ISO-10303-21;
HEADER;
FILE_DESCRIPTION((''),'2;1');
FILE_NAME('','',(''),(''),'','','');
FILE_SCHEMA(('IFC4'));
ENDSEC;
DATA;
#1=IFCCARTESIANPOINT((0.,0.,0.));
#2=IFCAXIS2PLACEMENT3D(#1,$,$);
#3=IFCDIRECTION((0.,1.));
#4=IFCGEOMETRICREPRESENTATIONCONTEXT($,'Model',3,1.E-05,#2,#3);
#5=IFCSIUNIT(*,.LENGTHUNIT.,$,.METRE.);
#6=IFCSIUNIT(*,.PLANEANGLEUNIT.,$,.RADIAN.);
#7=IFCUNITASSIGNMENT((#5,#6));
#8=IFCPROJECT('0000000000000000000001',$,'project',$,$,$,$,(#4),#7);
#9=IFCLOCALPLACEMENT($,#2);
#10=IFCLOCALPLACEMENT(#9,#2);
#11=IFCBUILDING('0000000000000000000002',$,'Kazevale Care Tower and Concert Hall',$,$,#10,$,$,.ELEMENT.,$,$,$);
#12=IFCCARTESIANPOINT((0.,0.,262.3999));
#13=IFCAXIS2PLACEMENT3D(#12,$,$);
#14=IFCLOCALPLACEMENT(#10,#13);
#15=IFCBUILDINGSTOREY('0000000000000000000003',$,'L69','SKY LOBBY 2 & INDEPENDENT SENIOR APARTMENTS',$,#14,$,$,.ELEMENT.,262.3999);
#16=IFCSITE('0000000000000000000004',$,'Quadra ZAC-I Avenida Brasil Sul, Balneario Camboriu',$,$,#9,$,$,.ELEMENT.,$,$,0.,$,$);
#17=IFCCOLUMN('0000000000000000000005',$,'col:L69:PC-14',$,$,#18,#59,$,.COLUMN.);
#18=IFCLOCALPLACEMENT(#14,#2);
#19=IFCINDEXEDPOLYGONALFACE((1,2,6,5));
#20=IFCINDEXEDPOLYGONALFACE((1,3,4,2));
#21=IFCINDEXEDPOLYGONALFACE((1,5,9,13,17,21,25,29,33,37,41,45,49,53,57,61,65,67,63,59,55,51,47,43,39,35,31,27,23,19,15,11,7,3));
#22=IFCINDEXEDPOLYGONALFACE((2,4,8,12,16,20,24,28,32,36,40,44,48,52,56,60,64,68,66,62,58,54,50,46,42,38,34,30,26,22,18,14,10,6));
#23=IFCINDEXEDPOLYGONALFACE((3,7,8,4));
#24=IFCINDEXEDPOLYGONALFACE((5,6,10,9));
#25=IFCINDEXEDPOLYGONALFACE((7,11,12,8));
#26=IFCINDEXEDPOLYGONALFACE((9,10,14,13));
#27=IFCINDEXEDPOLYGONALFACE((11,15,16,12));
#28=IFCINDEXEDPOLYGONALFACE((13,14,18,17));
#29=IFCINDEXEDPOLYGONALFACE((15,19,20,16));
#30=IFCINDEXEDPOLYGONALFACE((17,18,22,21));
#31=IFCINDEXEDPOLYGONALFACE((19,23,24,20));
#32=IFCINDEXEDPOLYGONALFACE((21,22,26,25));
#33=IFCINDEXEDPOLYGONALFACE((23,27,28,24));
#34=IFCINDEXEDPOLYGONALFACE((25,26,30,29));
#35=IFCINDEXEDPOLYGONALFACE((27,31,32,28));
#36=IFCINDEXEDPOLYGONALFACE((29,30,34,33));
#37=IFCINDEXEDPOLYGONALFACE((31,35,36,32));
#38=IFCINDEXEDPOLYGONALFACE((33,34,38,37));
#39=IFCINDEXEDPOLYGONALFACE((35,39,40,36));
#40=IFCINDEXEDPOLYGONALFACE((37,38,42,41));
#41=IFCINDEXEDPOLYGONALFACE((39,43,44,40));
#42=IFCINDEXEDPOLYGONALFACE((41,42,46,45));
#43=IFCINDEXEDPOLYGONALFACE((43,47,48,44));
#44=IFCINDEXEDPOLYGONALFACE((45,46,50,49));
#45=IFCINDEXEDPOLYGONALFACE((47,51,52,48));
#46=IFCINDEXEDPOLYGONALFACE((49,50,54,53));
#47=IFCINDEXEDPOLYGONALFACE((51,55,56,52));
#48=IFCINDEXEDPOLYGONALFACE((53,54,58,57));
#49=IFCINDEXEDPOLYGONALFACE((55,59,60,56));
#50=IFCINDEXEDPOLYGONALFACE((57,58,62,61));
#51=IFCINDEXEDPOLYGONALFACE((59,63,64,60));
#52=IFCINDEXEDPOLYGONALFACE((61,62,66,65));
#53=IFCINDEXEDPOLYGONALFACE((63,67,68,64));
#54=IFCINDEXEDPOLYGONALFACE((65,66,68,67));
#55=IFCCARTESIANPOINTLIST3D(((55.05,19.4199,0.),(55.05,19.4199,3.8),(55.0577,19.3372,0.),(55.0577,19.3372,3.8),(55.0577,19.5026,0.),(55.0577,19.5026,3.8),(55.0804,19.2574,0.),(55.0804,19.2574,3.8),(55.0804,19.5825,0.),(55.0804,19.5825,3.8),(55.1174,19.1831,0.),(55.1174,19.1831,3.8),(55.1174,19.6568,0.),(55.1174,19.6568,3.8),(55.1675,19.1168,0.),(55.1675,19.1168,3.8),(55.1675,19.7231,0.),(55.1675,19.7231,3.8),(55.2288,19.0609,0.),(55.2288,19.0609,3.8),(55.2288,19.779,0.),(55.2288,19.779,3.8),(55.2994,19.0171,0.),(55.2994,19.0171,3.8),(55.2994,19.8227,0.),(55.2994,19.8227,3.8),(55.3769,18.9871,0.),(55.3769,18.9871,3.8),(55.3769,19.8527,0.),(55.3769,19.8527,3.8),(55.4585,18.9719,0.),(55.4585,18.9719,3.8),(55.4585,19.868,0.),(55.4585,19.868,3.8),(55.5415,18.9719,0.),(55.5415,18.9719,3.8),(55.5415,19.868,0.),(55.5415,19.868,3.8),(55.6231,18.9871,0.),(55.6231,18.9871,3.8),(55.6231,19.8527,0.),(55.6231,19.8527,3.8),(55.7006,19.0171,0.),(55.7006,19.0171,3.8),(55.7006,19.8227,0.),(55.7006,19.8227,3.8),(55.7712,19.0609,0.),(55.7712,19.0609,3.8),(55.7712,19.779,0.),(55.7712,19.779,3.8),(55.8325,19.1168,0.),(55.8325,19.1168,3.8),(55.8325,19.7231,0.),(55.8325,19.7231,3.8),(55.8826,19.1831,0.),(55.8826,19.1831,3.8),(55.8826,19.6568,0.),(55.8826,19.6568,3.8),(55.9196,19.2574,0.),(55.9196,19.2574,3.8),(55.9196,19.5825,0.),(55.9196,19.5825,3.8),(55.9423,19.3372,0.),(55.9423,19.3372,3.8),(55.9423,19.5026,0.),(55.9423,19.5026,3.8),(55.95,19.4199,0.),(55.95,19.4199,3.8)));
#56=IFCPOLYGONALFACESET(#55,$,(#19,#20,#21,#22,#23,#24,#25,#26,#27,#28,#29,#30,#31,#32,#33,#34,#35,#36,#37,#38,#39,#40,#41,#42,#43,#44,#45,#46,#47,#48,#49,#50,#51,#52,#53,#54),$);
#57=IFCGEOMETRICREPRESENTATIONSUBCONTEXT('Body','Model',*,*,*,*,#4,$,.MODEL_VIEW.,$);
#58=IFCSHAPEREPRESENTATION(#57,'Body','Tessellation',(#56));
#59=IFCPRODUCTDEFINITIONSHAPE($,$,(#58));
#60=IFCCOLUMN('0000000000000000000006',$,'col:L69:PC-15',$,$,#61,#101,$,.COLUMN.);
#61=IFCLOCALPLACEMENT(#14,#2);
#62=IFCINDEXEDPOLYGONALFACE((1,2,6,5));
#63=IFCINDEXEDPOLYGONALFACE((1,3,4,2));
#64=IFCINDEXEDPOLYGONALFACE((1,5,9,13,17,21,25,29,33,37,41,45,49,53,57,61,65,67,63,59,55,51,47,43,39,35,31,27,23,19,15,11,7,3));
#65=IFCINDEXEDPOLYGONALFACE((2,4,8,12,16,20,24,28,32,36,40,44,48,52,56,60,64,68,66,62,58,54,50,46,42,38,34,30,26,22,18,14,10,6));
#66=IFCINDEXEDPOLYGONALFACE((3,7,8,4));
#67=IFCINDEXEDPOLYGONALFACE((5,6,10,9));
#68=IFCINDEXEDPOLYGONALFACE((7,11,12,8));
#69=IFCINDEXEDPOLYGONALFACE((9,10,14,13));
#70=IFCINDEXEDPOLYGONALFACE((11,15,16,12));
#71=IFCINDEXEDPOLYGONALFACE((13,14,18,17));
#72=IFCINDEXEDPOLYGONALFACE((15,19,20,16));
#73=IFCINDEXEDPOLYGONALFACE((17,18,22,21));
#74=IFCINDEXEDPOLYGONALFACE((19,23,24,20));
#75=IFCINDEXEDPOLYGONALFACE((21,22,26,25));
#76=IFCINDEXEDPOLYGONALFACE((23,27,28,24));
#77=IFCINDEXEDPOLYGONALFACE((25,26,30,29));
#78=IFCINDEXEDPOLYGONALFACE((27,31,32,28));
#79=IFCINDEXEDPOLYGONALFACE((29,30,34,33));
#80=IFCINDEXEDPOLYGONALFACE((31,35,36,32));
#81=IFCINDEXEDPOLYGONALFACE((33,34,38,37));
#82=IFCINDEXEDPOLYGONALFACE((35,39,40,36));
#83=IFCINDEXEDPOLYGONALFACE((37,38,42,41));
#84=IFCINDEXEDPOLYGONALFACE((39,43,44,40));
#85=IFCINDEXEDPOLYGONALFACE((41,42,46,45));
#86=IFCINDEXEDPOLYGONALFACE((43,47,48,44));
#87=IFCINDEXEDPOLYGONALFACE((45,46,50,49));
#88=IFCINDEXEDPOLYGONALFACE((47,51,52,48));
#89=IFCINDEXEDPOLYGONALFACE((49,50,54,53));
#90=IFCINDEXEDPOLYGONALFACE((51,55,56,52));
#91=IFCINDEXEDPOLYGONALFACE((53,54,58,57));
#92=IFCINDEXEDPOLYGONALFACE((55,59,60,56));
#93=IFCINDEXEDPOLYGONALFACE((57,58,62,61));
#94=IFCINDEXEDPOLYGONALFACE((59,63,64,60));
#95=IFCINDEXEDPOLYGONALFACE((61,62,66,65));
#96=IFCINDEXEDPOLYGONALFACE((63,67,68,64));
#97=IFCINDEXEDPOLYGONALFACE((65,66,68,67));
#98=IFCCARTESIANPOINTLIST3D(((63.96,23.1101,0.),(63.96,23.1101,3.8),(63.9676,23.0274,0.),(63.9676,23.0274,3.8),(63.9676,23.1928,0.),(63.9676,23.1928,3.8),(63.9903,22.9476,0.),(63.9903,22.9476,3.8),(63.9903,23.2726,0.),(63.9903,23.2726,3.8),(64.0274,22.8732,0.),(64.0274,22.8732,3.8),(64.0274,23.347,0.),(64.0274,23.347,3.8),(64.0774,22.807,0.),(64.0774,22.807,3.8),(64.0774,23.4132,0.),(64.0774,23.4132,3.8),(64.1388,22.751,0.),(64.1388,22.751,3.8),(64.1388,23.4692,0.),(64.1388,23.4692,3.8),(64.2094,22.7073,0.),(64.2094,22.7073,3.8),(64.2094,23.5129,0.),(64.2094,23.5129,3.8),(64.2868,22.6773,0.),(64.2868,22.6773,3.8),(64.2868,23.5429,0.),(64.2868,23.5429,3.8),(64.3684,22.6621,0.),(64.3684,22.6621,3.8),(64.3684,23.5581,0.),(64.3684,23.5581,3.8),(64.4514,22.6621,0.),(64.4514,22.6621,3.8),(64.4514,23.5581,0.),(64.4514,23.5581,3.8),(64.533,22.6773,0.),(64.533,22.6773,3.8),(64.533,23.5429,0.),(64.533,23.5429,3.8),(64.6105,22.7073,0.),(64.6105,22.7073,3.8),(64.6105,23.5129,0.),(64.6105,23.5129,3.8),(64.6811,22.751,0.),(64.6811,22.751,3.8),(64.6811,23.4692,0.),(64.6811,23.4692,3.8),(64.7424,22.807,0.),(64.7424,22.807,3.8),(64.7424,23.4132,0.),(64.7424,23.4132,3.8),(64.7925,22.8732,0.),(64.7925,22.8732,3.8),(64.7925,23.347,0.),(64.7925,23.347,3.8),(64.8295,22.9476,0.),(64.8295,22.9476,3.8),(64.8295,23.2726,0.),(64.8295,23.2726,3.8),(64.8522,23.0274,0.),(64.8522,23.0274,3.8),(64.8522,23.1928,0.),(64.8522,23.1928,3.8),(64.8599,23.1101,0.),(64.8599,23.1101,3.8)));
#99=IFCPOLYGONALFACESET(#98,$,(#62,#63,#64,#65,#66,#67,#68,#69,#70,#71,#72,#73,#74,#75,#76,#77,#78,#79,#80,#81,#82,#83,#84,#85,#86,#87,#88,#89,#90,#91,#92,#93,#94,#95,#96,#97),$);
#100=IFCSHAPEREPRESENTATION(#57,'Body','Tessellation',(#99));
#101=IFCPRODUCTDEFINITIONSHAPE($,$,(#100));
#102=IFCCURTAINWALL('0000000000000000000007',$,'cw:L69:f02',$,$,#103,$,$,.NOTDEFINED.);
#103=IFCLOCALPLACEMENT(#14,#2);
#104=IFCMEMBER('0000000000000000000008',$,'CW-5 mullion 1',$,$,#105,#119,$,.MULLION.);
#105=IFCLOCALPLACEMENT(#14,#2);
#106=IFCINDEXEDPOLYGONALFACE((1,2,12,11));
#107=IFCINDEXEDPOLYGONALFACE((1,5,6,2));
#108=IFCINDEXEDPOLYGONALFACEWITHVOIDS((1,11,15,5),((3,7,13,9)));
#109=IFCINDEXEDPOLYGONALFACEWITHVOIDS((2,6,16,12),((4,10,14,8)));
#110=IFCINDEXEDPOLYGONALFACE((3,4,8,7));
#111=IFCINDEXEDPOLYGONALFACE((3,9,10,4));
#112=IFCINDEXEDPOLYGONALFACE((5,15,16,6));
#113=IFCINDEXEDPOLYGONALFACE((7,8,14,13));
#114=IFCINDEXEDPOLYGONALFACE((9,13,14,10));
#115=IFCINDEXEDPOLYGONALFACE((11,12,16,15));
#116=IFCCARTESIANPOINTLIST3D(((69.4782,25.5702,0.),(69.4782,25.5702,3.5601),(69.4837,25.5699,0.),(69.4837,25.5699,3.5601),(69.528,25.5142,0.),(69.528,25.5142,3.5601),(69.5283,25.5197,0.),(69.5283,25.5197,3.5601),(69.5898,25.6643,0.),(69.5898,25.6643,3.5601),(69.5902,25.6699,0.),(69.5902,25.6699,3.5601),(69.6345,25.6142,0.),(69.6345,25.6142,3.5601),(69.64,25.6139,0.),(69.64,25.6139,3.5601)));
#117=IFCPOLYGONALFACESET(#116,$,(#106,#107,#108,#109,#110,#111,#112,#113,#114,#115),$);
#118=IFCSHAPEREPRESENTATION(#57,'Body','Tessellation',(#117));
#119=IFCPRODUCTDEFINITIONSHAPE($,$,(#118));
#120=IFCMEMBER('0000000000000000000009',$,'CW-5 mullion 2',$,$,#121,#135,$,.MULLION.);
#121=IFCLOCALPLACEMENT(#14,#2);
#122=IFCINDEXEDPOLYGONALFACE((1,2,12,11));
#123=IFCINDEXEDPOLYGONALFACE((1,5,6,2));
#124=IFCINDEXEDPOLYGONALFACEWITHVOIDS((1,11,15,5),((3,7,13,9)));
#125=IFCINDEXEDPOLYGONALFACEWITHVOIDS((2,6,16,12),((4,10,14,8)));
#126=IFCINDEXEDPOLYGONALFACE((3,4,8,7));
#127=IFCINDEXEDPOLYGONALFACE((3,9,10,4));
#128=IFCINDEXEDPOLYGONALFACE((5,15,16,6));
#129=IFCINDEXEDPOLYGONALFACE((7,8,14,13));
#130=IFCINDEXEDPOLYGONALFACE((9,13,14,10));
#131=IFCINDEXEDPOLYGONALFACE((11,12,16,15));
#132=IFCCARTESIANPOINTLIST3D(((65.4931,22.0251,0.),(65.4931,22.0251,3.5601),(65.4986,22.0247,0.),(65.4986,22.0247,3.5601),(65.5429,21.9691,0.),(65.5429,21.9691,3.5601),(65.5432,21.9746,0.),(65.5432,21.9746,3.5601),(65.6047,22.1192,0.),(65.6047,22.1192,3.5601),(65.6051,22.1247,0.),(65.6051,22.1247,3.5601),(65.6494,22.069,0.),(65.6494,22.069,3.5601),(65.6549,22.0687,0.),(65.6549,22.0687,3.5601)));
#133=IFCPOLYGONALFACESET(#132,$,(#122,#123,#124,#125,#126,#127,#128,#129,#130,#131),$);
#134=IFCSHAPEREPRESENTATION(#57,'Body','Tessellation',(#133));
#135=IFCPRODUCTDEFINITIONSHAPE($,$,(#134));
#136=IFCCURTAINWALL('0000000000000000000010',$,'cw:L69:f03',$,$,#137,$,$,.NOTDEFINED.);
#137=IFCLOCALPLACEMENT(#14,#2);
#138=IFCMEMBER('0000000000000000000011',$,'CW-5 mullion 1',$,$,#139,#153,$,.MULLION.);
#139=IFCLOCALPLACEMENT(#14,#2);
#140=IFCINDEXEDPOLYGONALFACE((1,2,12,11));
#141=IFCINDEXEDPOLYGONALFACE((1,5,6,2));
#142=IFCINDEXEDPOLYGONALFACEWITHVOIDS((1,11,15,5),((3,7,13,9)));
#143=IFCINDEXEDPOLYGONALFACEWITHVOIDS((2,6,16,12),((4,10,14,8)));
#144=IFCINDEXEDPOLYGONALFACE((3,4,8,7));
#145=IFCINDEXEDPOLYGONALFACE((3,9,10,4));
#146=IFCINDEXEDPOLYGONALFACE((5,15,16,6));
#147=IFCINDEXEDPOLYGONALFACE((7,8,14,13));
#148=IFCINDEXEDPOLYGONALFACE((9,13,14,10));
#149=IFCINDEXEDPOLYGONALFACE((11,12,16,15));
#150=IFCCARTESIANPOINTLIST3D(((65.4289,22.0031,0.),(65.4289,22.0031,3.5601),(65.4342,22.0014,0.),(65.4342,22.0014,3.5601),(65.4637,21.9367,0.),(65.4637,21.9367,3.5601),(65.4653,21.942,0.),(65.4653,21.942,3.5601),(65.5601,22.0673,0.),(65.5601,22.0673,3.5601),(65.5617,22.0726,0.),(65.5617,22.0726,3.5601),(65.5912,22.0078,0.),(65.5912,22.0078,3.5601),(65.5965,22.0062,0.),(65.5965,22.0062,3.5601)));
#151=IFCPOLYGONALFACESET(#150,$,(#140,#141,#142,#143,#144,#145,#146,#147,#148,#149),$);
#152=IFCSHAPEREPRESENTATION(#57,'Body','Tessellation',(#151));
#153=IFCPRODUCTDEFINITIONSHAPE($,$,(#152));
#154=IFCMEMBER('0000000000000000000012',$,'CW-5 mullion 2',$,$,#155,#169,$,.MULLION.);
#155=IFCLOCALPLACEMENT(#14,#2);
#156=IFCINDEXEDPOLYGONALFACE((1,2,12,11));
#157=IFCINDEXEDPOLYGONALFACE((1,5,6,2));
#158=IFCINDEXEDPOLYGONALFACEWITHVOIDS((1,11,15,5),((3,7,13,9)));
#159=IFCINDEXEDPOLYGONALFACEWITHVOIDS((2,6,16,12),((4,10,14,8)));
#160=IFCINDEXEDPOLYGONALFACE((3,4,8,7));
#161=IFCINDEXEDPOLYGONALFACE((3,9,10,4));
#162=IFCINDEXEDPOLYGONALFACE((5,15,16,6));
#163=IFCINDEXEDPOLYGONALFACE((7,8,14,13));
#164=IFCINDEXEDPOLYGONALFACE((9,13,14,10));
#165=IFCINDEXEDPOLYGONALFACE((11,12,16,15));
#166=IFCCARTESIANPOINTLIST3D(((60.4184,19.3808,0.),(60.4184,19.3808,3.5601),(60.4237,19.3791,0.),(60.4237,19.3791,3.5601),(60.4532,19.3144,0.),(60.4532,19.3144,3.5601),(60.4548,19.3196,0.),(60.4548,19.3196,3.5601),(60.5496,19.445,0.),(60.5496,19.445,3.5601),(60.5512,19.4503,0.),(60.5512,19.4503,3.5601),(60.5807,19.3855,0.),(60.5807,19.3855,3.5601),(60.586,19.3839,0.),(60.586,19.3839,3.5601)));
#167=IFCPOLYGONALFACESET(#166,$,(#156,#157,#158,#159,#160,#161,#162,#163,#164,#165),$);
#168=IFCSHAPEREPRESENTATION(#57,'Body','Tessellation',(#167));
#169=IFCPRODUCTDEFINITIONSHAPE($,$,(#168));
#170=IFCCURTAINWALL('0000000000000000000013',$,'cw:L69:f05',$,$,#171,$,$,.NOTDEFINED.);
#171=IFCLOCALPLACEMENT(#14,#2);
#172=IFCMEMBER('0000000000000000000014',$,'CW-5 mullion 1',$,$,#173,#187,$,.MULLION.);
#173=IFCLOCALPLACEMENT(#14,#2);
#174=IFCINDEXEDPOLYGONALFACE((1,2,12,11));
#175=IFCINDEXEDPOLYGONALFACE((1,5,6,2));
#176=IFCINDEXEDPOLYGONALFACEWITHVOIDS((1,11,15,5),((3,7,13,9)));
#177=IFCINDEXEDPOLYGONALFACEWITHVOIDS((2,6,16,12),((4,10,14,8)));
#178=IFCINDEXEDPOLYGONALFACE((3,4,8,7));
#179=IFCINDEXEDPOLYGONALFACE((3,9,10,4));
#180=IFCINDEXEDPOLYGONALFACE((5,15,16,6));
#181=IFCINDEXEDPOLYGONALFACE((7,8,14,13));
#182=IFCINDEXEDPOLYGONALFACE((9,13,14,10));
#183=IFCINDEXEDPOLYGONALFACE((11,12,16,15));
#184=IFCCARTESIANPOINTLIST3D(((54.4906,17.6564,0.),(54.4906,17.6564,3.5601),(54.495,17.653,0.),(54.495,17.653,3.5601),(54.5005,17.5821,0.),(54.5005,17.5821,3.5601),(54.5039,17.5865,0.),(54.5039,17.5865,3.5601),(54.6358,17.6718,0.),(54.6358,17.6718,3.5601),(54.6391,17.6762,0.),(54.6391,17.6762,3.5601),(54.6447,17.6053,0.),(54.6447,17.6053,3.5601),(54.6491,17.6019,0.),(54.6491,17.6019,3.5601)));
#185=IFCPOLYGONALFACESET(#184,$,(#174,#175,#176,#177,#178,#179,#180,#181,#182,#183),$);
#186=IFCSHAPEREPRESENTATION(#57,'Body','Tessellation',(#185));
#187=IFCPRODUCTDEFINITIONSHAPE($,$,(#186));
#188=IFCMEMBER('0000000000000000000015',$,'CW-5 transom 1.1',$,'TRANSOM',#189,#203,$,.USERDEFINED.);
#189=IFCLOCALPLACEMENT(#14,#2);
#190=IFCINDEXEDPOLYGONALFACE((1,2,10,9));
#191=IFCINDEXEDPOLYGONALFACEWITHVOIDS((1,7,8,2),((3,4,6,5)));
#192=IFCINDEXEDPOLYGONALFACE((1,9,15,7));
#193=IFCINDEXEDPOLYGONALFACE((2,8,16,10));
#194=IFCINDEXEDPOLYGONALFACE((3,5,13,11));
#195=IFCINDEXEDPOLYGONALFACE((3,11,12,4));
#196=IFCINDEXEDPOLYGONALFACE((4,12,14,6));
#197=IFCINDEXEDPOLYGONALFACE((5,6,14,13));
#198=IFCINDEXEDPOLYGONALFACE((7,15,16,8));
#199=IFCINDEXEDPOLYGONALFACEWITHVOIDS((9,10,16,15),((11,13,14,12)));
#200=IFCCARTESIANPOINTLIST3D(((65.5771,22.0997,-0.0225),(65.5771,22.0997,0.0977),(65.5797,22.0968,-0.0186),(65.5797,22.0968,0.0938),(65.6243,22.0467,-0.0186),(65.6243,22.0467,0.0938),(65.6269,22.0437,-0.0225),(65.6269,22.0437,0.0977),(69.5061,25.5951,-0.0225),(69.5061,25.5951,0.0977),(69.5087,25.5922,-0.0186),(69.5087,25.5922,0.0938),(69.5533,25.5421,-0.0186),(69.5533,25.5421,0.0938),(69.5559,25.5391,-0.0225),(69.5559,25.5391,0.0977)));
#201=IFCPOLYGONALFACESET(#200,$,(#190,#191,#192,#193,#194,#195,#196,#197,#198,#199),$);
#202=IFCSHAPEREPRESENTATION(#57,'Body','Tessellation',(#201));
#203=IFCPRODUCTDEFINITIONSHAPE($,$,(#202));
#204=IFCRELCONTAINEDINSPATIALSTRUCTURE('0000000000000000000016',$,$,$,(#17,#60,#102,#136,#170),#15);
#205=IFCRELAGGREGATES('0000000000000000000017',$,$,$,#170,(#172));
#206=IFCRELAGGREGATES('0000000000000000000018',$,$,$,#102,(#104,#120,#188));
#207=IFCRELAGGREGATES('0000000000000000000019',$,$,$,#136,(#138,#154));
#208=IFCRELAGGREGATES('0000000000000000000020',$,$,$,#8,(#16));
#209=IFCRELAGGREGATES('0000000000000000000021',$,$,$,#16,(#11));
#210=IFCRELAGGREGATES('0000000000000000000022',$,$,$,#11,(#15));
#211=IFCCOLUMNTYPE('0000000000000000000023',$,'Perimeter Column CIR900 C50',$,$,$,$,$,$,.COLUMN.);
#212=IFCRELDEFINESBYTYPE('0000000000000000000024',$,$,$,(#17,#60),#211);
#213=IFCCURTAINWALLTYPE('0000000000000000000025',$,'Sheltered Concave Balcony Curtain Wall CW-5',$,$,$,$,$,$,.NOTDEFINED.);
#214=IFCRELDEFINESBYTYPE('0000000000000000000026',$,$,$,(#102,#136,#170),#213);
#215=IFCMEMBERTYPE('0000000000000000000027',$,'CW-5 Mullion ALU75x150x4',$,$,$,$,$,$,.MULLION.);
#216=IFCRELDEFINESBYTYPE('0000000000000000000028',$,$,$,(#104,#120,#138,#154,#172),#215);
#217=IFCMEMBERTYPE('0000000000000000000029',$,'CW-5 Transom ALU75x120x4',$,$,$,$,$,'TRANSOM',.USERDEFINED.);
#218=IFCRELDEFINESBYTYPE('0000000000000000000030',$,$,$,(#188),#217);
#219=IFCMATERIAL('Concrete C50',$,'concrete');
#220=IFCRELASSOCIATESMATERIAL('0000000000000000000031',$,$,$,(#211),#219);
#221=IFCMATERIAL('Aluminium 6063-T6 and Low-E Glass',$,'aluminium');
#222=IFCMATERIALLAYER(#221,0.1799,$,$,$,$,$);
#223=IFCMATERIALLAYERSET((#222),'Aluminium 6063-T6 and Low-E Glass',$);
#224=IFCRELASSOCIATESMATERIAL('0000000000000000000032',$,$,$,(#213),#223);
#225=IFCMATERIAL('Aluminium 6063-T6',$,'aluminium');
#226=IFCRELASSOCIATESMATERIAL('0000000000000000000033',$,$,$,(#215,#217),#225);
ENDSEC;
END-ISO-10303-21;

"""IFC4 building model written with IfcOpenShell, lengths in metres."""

from ifc_helpers import new_model, si_unit, direction, frame, origin, origin_2d, place, context, subcontext, project, spatial, hollow_rectangle, circle, extrude, material, layer, layer_set, material_profile, profile_set, type_object, element, aggregate, save


model = new_model("IFC4")

# Units and contexts
model_context = context("Model", 3, precision=1e-05, world=origin(), true_north=direction((0.0, 1.0)))
body_context = subcontext(model_context, "Body", "Model", "MODEL_VIEW")
ifc_project = project(units=[si_unit("LENGTHUNIT", "METRE"), si_unit("PLANEANGLEUNIT", "RADIAN")], contexts=[model_context])

# Site, building, storey
site_placement = place(None, origin())
site = spatial("IfcSite", under=ifc_project, at=site_placement, Name="Quadra ZAC-I Avenida Brasil Sul, Balneario Camboriu", CompositionType="ELEMENT", RefElevation=0.0)
building_placement = place(site_placement, origin())
building = spatial("IfcBuilding", under=site, at=building_placement, Name="Kazevale Care Tower and Concert Hall", CompositionType="ELEMENT")
storey_placement = place(building_placement, frame((0.0, 0.0, 262.3999)))
storey = spatial("IfcBuildingStorey", under=building, at=storey_placement, Name="L69", Description="SKY LOBBY 2 & INDEPENDENT SENIOR APARTMENTS", CompositionType="ELEMENT", Elevation=262.3999)

# Columns
ifc_material_1 = material(Name="Concrete C50", Category="concrete")
ifc_material_profile_1 = material_profile(ifc_material_1, circle(Radius=0.45, at=origin_2d()), Name="RC-CIR900")
ifc_profile_set_1 = profile_set([ifc_material_profile_1], Name="Concrete C50")
column_type = type_object("IfcColumnType", Name="Perimeter Column CIR900 C50", PredefinedType="COLUMN", material=ifc_profile_set_1)
for number, where, z_axis, x_axis, name in (
    (1, (55.5, 19.4199, 0.0), (0.0, 0.0, 1.0), (1.0, 0.0, 0.0), "col:L69:PC-14"),
    (2, (64.4099, 23.1101, 0.0), (0.0, 0.0, 1.0), (1.0, 0.0, 0.0), "col:L69:PC-15"),
):
    element("IfcColumn", number, at=place(storey_placement, frame(where, z_axis=z_axis, x_axis=x_axis)), inside=storey, type_object=column_type, Name=name, PredefinedType="COLUMN", context=body_context, shape_type="SweptSolid", body=[
        extrude(circle(Radius=0.45, at=origin_2d()), origin(), (0.0, 0.0, 1.0), 3.8),
    ])

# Curtain walls, members
ifc_material_2 = material(Name="Aluminium 6063-T6 and Low-E Glass", Category="aluminium")
ifc_layer_1 = layer(ifc_material_2, 0.1799)
ifc_layer_set_1 = layer_set([ifc_layer_1], Name="Aluminium 6063-T6 and Low-E Glass")
curtain_wall_type = type_object("IfcCurtainWallType", Name="Sheltered Concave Balcony Curtain Wall CW-5", PredefinedType="NOTDEFINED", material=ifc_layer_set_1)
curtain_wall_1_placement = place(storey_placement, origin())
curtain_wall_1 = element("IfcCurtainWall", 3, at=curtain_wall_1_placement, inside=storey, type_object=curtain_wall_type, Name="cw:L69:f02", PredefinedType="NOTDEFINED")
ifc_material_3 = material(Name="Aluminium 6063-T6", Category="aluminium")
ifc_material_profile_2 = material_profile(ifc_material_3, hollow_rectangle(XDim=0.075, YDim=0.1499, WallThickness=0.0039, at=origin_2d()), Name="ALU75x150x4")
ifc_profile_set_2 = profile_set([ifc_material_profile_2], Name="Aluminium 6063-T6")
member_type_1 = type_object("IfcMemberType", Name="CW-5 Mullion ALU75x150x4", PredefinedType="MULLION", material=ifc_profile_set_2)
member_1_placement = place(storey_placement, frame((69.5591, 25.592, 0.0), z_axis=(0.0, 0.0, 1.0), x_axis=(0.664674, -0.747134, 0.0)))
member_1 = element("IfcMember", 4, at=member_1_placement, type_object=member_type_1, Name="CW-5 mullion 1", PredefinedType="MULLION", context=body_context, shape_type="SweptSolid", body=[
    extrude(hollow_rectangle(XDim=0.075, YDim=0.1499, WallThickness=0.0039, at=origin_2d()), origin(), (0.0, 0.0, 1.0), 3.5601),
])
member_2_placement = place(storey_placement, frame((65.574, 22.0469, 0.0), z_axis=(0.0, 0.0, 1.0), x_axis=(0.664674, -0.747134, 0.0)))
member_2 = element("IfcMember", 5, at=member_2_placement, type_object=member_type_1, Name="CW-5 mullion 2", PredefinedType="MULLION", context=body_context, shape_type="SweptSolid", body=[
    extrude(hollow_rectangle(XDim=0.075, YDim=0.1499, WallThickness=0.0039, at=origin_2d()), origin(), (0.0, 0.0, 1.0), 3.5601),
])
curtain_wall_2_placement = place(storey_placement, origin())
curtain_wall_2 = element("IfcCurtainWall", 6, at=curtain_wall_2_placement, inside=storey, type_object=curtain_wall_type, Name="cw:L69:f03", PredefinedType="NOTDEFINED")
member_3_placement = place(storey_placement, frame((65.5127, 22.0046, 0.0), z_axis=(0.0, 0.0, 1.0), x_axis=(0.463681, -0.886002, 0.0)))
member_3 = element("IfcMember", 7, at=member_3_placement, type_object=member_type_1, Name="CW-5 mullion 1", PredefinedType="MULLION", context=body_context, shape_type="SweptSolid", body=[
    extrude(hollow_rectangle(XDim=0.075, YDim=0.1499, WallThickness=0.0039, at=origin_2d()), origin(), (0.0, 0.0, 1.0), 3.5601),
])
member_4_placement = place(storey_placement, frame((60.5022, 19.3823, 0.0), z_axis=(0.0, 0.0, 1.0), x_axis=(0.463681, -0.886002, 0.0)))
member_4 = element("IfcMember", 8, at=member_4_placement, type_object=member_type_1, Name="CW-5 mullion 2", PredefinedType="MULLION", context=body_context, shape_type="SweptSolid", body=[
    extrude(hollow_rectangle(XDim=0.075, YDim=0.1499, WallThickness=0.0039, at=origin_2d()), origin(), (0.0, 0.0, 1.0), 3.5601),
])

# Curtain wall, member
curtain_wall_3_placement = place(storey_placement, origin())
curtain_wall_3 = element("IfcCurtainWall", 9, at=curtain_wall_3_placement, inside=storey, type_object=curtain_wall_type, Name="cw:L69:f05", PredefinedType="NOTDEFINED")
member_5_placement = place(storey_placement, frame((54.5698, 17.6292, 0.0), z_axis=(0.0, 0.0, 1.0), x_axis=(0.132542, -0.991177, 0.0)))
member_5 = element("IfcMember", 10, at=member_5_placement, type_object=member_type_1, Name="CW-5 mullion 1", PredefinedType="MULLION", context=body_context, shape_type="SweptSolid", body=[
    extrude(hollow_rectangle(XDim=0.075, YDim=0.1499, WallThickness=0.0039, at=origin_2d()), origin(), (0.0, 0.0, 1.0), 3.5601),
])

# Member
ifc_material_profile_3 = material_profile(ifc_material_3, hollow_rectangle(XDim=0.075, YDim=0.1201, WallThickness=0.0039, at=origin_2d()), Name="ALU75x120x4")
ifc_profile_set_3 = profile_set([ifc_material_profile_3], Name="Aluminium 6063-T6")
member_type_2 = type_object("IfcMemberType", Name="CW-5 Transom ALU75x120x4", ElementType="TRANSOM", PredefinedType="USERDEFINED", material=ifc_profile_set_3)
member_6_placement = place(storey_placement, frame((69.531, 25.5671, 0.0376), z_axis=(-0.74713, -0.664678, 0.0), x_axis=(0.664678, -0.74713, 0.0)))
member_6 = element("IfcMember", 11, at=member_6_placement, type_object=member_type_2, Name="CW-5 transom 1.1", ObjectType="TRANSOM", PredefinedType="USERDEFINED", context=body_context, shape_type="SweptSolid", body=[
    extrude(hollow_rectangle(XDim=0.075, YDim=0.1201, WallThickness=0.0039, at=origin_2d()), origin(), (0.0, 0.0, 1.0), 5.2588),
])
aggregate(curtain_wall_3, [member_5])

aggregate(curtain_wall_1, [member_1, member_2, member_6])
aggregate(curtain_wall_2, [member_3, member_4])

save(model, "model.ifc")
